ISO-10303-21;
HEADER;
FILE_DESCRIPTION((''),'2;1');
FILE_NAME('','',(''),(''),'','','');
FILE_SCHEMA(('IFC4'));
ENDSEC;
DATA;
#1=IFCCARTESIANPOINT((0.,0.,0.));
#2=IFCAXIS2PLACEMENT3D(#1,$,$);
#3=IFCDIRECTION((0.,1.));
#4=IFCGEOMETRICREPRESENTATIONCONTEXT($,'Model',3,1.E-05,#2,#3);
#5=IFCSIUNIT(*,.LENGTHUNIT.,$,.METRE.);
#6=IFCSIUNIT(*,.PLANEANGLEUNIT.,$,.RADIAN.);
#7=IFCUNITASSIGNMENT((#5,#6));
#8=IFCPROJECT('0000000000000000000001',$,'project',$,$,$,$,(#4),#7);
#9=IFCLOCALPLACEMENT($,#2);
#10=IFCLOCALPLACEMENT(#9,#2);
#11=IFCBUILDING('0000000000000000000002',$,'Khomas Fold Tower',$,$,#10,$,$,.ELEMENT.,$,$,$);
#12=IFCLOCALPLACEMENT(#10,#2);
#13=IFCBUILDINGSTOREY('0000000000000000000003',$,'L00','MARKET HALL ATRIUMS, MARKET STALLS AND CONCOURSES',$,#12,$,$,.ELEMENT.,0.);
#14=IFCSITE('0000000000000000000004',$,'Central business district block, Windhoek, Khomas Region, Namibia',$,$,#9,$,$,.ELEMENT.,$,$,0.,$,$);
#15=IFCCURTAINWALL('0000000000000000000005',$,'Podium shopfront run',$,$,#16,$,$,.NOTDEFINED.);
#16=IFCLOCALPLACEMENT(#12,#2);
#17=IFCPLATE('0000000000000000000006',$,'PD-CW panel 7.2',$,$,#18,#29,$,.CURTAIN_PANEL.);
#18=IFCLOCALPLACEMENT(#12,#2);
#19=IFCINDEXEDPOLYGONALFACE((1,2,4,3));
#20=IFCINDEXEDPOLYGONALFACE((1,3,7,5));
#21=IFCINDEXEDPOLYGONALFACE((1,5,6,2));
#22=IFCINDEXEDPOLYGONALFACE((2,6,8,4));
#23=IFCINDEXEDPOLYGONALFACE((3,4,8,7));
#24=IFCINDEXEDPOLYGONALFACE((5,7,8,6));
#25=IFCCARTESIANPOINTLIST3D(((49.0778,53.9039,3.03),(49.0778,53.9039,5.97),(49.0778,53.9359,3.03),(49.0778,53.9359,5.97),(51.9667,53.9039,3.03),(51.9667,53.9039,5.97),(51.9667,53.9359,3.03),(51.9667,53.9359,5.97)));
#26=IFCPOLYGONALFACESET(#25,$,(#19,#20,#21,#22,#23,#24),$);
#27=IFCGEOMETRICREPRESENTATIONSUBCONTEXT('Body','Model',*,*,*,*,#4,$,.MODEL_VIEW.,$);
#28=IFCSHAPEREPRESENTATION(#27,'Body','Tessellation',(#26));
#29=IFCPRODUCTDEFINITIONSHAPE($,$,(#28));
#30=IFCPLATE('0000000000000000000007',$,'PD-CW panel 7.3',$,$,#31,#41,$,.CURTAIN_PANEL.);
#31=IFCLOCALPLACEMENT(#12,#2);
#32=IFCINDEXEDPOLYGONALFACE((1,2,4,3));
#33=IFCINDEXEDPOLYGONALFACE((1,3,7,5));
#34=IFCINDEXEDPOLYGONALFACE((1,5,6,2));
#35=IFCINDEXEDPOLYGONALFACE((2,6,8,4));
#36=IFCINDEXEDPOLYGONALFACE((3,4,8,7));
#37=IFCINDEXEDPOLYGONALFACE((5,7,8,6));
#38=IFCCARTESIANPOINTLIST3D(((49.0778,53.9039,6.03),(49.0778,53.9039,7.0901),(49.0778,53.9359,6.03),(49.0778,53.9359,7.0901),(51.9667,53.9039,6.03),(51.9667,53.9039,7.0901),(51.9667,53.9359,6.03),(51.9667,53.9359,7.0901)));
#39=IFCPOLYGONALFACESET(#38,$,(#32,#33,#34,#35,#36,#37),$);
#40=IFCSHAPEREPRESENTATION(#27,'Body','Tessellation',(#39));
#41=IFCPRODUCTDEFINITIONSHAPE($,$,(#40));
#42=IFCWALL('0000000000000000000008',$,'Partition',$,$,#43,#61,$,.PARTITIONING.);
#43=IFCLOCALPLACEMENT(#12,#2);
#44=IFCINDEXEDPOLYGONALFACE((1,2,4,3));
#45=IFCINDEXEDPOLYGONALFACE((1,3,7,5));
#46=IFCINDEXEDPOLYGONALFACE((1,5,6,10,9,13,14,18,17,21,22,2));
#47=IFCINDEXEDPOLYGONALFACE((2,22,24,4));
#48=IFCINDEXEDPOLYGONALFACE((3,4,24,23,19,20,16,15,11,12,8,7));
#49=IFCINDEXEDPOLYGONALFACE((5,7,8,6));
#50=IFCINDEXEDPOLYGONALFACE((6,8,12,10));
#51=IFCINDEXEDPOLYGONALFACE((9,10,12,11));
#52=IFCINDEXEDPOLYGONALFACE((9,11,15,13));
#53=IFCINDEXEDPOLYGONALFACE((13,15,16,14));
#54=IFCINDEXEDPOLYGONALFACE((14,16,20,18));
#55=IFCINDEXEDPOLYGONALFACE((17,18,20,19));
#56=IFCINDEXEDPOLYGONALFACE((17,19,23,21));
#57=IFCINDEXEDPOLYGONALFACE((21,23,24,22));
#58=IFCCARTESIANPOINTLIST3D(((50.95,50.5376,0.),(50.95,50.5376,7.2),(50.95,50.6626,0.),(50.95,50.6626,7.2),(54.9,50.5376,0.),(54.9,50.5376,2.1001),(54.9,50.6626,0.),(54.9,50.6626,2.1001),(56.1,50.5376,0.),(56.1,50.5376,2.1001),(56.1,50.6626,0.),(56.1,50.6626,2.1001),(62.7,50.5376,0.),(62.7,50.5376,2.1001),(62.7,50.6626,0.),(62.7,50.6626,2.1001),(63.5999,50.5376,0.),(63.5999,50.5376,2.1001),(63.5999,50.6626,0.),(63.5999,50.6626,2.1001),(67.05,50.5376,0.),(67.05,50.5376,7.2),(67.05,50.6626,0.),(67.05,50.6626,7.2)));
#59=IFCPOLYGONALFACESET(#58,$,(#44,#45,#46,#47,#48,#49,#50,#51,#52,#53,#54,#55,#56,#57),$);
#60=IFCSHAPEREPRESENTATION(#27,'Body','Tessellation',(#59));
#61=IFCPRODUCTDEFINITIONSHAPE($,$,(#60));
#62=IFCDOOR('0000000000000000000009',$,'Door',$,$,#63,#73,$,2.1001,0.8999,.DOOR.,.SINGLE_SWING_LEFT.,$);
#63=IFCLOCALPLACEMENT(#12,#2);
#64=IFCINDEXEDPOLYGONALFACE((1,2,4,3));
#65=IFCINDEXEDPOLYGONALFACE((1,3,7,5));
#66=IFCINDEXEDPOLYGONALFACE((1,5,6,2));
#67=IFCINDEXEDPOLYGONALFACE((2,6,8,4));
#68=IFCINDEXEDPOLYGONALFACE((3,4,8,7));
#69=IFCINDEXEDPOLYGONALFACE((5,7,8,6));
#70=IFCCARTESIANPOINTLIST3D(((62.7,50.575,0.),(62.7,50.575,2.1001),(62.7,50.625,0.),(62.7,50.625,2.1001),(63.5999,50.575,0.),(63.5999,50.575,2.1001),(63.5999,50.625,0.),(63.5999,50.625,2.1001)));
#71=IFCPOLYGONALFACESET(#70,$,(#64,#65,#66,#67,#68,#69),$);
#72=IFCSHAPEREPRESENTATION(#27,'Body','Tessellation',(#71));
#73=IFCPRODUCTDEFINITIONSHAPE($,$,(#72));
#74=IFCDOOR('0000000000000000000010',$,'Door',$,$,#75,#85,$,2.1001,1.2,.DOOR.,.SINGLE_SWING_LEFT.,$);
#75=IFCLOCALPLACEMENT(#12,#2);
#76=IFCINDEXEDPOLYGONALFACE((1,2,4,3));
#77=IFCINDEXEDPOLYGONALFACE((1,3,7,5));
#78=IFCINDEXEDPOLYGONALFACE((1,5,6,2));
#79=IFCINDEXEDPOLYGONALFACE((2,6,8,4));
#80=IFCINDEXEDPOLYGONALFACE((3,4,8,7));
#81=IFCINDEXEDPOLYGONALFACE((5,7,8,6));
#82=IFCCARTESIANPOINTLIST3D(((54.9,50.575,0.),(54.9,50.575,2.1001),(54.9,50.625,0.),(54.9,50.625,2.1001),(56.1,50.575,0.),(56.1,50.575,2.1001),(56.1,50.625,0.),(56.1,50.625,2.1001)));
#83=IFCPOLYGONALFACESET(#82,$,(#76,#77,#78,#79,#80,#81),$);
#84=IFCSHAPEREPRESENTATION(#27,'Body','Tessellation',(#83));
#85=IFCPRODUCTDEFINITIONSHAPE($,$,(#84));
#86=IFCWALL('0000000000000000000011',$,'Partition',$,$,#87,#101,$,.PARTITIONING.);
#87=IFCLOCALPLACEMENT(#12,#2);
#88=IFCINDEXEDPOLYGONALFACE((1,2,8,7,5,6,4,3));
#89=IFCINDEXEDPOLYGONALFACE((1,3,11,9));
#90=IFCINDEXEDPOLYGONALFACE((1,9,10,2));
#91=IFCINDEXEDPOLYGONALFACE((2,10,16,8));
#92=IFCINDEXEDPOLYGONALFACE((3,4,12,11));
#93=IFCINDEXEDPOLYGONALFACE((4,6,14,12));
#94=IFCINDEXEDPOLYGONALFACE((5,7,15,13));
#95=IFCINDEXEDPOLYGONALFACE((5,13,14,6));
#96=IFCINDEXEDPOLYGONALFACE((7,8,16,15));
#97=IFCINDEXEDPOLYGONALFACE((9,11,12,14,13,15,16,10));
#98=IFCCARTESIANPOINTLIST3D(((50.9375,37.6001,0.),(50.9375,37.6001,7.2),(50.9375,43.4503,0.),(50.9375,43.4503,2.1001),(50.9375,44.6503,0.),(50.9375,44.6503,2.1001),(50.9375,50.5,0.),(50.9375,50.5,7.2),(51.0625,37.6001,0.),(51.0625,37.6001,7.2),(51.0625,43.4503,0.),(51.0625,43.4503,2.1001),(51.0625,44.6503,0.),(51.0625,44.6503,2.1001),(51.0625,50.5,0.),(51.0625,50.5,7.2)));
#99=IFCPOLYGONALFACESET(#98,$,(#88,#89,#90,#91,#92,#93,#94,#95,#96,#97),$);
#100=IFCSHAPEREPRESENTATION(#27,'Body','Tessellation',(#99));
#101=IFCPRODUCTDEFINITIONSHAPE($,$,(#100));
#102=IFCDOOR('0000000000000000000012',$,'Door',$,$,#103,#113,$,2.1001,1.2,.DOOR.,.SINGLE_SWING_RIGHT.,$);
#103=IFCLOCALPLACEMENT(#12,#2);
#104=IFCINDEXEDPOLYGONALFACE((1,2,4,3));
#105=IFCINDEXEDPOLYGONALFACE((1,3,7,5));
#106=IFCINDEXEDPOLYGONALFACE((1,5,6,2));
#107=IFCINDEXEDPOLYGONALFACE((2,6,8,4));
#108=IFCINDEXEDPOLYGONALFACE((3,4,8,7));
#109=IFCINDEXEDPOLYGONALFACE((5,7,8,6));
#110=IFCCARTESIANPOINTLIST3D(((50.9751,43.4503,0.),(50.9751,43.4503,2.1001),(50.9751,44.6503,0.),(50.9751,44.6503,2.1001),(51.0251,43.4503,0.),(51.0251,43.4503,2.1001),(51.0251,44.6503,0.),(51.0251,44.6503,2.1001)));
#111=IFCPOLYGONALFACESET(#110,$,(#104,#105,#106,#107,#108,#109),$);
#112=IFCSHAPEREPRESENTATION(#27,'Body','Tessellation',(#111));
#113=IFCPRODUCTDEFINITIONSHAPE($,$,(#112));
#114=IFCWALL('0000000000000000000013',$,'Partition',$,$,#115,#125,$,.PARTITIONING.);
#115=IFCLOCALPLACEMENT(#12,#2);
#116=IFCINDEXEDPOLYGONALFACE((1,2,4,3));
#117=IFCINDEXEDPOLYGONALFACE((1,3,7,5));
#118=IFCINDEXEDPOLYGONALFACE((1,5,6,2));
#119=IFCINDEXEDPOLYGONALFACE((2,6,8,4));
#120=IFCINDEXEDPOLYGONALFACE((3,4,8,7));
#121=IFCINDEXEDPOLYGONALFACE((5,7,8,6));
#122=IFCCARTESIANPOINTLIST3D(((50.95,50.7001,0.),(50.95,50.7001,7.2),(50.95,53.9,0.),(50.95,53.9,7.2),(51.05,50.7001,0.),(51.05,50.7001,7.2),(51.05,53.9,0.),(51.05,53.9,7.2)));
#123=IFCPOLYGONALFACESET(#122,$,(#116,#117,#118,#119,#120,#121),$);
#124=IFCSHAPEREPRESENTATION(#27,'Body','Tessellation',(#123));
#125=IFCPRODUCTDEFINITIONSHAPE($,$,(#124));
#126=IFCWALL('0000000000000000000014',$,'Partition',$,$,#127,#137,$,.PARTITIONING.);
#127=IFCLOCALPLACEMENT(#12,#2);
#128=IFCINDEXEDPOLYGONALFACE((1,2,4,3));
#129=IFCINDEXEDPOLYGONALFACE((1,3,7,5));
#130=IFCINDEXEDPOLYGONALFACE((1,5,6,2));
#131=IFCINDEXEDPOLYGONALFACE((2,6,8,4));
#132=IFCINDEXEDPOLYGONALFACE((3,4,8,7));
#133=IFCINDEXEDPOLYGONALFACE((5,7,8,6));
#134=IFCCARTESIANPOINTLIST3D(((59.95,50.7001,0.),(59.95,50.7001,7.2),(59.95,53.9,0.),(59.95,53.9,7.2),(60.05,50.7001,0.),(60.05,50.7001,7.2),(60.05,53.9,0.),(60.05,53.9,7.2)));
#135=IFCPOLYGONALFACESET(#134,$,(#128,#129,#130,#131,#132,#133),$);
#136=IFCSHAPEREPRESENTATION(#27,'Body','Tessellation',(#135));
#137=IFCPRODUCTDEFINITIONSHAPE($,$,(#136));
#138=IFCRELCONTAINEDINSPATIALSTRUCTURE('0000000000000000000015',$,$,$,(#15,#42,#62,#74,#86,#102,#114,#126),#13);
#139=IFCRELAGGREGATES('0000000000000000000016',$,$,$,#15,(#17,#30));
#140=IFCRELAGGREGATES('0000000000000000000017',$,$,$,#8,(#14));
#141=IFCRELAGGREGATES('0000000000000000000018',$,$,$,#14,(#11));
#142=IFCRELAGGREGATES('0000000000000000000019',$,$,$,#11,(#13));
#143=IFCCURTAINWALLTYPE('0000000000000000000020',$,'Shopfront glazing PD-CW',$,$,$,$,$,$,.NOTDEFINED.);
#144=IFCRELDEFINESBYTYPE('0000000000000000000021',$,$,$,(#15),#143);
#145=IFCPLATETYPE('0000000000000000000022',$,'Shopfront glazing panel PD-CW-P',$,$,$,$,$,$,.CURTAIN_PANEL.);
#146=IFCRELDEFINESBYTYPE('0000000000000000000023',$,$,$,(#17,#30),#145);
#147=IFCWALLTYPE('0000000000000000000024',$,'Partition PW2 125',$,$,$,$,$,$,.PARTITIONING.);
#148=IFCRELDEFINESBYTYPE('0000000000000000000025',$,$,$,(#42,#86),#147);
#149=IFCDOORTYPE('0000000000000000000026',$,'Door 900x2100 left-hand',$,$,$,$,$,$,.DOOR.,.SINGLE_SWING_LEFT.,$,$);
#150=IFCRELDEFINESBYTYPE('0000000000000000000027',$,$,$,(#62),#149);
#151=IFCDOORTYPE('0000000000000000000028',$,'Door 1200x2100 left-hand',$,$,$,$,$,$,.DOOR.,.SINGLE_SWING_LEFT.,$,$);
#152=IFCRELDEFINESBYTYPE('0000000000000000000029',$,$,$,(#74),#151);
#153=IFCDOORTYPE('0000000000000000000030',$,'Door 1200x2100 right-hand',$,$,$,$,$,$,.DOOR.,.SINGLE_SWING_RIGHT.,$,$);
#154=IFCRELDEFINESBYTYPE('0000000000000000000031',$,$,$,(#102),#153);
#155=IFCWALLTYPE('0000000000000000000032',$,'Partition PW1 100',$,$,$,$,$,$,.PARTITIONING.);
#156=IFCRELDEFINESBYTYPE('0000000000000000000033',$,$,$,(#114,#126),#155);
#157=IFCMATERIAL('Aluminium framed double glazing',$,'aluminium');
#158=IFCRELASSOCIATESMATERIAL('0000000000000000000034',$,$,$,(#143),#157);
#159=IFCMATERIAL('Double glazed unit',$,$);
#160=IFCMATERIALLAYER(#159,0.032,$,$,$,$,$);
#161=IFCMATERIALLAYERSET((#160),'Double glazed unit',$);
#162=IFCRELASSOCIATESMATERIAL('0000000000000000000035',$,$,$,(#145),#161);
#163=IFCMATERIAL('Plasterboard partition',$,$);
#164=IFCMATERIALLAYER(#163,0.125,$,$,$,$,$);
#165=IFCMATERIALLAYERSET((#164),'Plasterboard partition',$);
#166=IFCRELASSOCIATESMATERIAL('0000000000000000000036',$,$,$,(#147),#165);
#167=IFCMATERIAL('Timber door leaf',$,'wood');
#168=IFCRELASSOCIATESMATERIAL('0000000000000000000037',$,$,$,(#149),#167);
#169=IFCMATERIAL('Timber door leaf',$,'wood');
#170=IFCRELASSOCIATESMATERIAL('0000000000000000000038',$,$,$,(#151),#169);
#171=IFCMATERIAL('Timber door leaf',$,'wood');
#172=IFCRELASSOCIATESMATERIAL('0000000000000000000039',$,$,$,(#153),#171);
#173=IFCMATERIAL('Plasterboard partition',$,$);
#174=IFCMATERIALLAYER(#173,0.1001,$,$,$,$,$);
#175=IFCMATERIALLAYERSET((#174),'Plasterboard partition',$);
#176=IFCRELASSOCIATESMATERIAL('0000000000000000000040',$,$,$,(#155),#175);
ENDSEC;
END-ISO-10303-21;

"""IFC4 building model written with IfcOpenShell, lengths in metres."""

from ifc_helpers import new_model, si_unit, direction, frame, frame_2d, origin, origin_2d, place, context, subcontext, project, spatial, rectangle, extrude, source, transform, mapped, material, layer, layer_set, type_object, element, fill, aggregate, save


model = new_model("IFC4")

# Units and contexts
model_context = context("Model", 3, precision=1e-05, world=origin(), true_north=direction((0.0, 1.0)))
body_context = subcontext(model_context, "Body", "Model", "MODEL_VIEW")
ifc_project = project(units=[si_unit("LENGTHUNIT", "METRE"), si_unit("PLANEANGLEUNIT", "RADIAN")], contexts=[model_context])

# Site, building, storey
site_placement = place(None, origin())
site = spatial("IfcSite", under=ifc_project, at=site_placement, Name="Central business district block, Windhoek, Khomas Region, Namibia", CompositionType="ELEMENT", RefElevation=0.0)
building_placement = place(site_placement, origin())
building = spatial("IfcBuilding", under=site, at=building_placement, Name="Khomas Fold Tower", CompositionType="ELEMENT")
storey_placement = place(building_placement, origin())
storey = spatial("IfcBuildingStorey", under=building, at=storey_placement, Name="L00", Description="MARKET HALL ATRIUMS, MARKET STALLS AND CONCOURSES", CompositionType="ELEMENT", Elevation=0.0)

# Curtain wall, plates
ifc_material_1 = material(Name="Aluminium framed double glazing", Category="aluminium")
curtain_wall_type = type_object("IfcCurtainWallType", Name="Shopfront glazing PD-CW", PredefinedType="NOTDEFINED", material=ifc_material_1)
curtain_wall_placement = place(storey_placement, origin())
curtain_wall = element("IfcCurtainWall", 1, at=curtain_wall_placement, inside=storey, type_object=curtain_wall_type, Name="Podium shopfront run", PredefinedType="NOTDEFINED")
ifc_material_2 = material(Name="Double glazed unit")
ifc_layer_1 = layer(ifc_material_2, 0.032)
ifc_layer_set_1 = layer_set([ifc_layer_1], Name="Double glazed unit")
plate_type = type_object("IfcPlateType", Name="Shopfront glazing panel PD-CW-P", PredefinedType="CURTAIN_PANEL", material=ifc_layer_set_1)
shared_shape_1 = source(origin(), body_context, "Body", "SweptSolid", [
    extrude(rectangle(XDim=2.8889, YDim=0.032, at=origin_2d()), origin(), (0.0, 0.0, 1.0), 2.9399),
])
plate_1_placement = place(storey_placement, frame((50.5222, 53.9199, 3.03), z_axis=(0.0, 0.0, 1.0), x_axis=(-1.0, 0.0, 0.0)))
plate_1 = element("IfcPlate", 2, at=plate_1_placement, type_object=plate_type, Name="PD-CW panel 7.2", PredefinedType="CURTAIN_PANEL", context=body_context, shape_type="MappedRepresentation", body=[
    mapped(shared_shape_1, transform((0.0, 0.0, 0.0))),
])
shared_shape_2 = source(origin(), body_context, "Body", "SweptSolid", [
    extrude(rectangle(XDim=2.8889, YDim=0.032, at=origin_2d()), origin(), (0.0, 0.0, 1.0), 1.0601),
])
plate_2_placement = place(storey_placement, frame((50.5222, 53.9199, 6.03), z_axis=(0.0, 0.0, 1.0), x_axis=(-1.0, 0.0, 0.0)))
plate_2 = element("IfcPlate", 3, at=plate_2_placement, type_object=plate_type, Name="PD-CW panel 7.3", PredefinedType="CURTAIN_PANEL", context=body_context, shape_type="MappedRepresentation", body=[
    mapped(shared_shape_2, transform((0.0, 0.0, 0.0))),
])
aggregate(curtain_wall, [plate_1, plate_2])

# Wall, openings, doors
ifc_material_3 = material(Name="Plasterboard partition")
ifc_layer_2 = layer(ifc_material_3, 0.125)
ifc_layer_set_2 = layer_set([ifc_layer_2], Name="Plasterboard partition")
wall_type_1 = type_object("IfcWallType", Name="Partition PW2 125", PredefinedType="PARTITIONING", material=ifc_layer_set_2)
shared_shape_3 = source(origin(), body_context, "Body", "SweptSolid", [
    extrude(rectangle(XDim=16.1001, YDim=0.125, at=frame_2d((8.05, 0.0))), origin(), (0.0, 0.0, 1.0), 7.2),
])
wall_1_placement = place(storey_placement, frame((50.95, 50.6001, 0.0), z_axis=(0.0, 0.0, 1.0), x_axis=(1.0, 0.0, 0.0)))
wall_1 = element("IfcWall", 4, at=wall_1_placement, inside=storey, type_object=wall_type_1, Name="Partition", PredefinedType="PARTITIONING", context=body_context, shape_type="MappedRepresentation", body=[
    mapped(shared_shape_3, transform((0.0, 0.0, 0.0))),
])
shared_shape_4 = source(origin(), body_context, "Body", "SweptSolid", [
    extrude(rectangle(XDim=1.2, YDim=2.1001, at=frame_2d((0.6001, 1.05))), frame((0.0, 0.0725, 0.0), z_axis=(0.0, -1.0, 0.0), x_axis=(1.0, 0.0, 0.0)), (0.0, 0.0, 1.0), 0.145),
])
opening_1_placement = place(wall_1_placement, frame((3.95, 0.0, 0.0)))
opening_1 = element("IfcOpeningElement", 5, at=opening_1_placement, cuts=wall_1, PredefinedType="OPENING", context=body_context, shape_type="MappedRepresentation", body=[
    mapped(shared_shape_4, transform((0.0, 0.0, 0.0))),
])
shared_shape_5 = source(origin(), body_context, "Body", "SweptSolid", [
    extrude(rectangle(XDim=0.8999, YDim=2.1001, at=frame_2d((0.45, 1.05))), frame((0.0, 0.0725, 0.0), z_axis=(0.0, -1.0, 0.0), x_axis=(1.0, 0.0, 0.0)), (0.0, 0.0, 1.0), 0.145),
])
opening_2_placement = place(wall_1_placement, frame((11.75, 0.0, 0.0)))
opening_2 = element("IfcOpeningElement", 6, at=opening_2_placement, cuts=wall_1, PredefinedType="OPENING", context=body_context, shape_type="MappedRepresentation", body=[
    mapped(shared_shape_5, transform((0.0, 0.0, 0.0))),
])
ifc_material_4 = material(Name="Timber door leaf", Category="wood")
door_type_1 = type_object("IfcDoorType", Name="Door 900x2100 left-hand", OperationType="SINGLE_SWING_LEFT", PredefinedType="DOOR", material=ifc_material_4)
shared_shape_6 = source(origin(), body_context, "Body", "SweptSolid", [
    extrude(rectangle(XDim=0.8999, YDim=2.1001, at=frame_2d((0.45, 1.05))), frame((0.0, 0.0249, 0.0), z_axis=(0.0, -1.0, 0.0), x_axis=(1.0, 0.0, 0.0)), (0.0, 0.0, 1.0), 0.05),
])
door_1_placement = place(opening_2_placement, origin())
door_1 = element("IfcDoor", 7, at=door_1_placement, inside=storey, type_object=door_type_1, Name="Door", OperationType="SINGLE_SWING_LEFT", OverallHeight=2.1001, OverallWidth=0.8999, PredefinedType="DOOR", context=body_context, shape_type="MappedRepresentation", body=[
    mapped(shared_shape_6, transform((0.0, 0.0, 0.0))),
])
fill(opening_2, door_1)
ifc_material_5 = material(Name="Timber door leaf", Category="wood")
door_type_2 = type_object("IfcDoorType", Name="Door 1200x2100 left-hand", OperationType="SINGLE_SWING_LEFT", PredefinedType="DOOR", material=ifc_material_5)
shared_shape_7 = source(origin(), body_context, "Body", "SweptSolid", [
    extrude(rectangle(XDim=1.2, YDim=2.1001, at=frame_2d((0.6001, 1.05))), frame((0.0, 0.0249, 0.0), z_axis=(0.0, -1.0, 0.0), x_axis=(1.0, 0.0, 0.0)), (0.0, 0.0, 1.0), 0.05),
])
door_2_placement = place(opening_1_placement, origin())
door_2 = element("IfcDoor", 8, at=door_2_placement, inside=storey, type_object=door_type_2, Name="Door", OperationType="SINGLE_SWING_LEFT", OverallHeight=2.1001, OverallWidth=1.2, PredefinedType="DOOR", context=body_context, shape_type="MappedRepresentation", body=[
    mapped(shared_shape_7, transform((0.0, 0.0, 0.0))),
])
fill(opening_1, door_2)

# Wall, opening, door
shared_shape_8 = source(origin(), body_context, "Body", "SweptSolid", [
    extrude(rectangle(XDim=12.8999, YDim=0.125, at=frame_2d((6.45, 0.0))), origin(), (0.0, 0.0, 1.0), 7.2),
])
wall_2_placement = place(storey_placement, frame((51.0, 37.6001, 0.0), z_axis=(0.0, 0.0, 1.0), x_axis=(0.0, 1.0, 0.0)))
wall_2 = element("IfcWall", 9, at=wall_2_placement, inside=storey, type_object=wall_type_1, Name="Partition", PredefinedType="PARTITIONING", context=body_context, shape_type="MappedRepresentation", body=[
    mapped(shared_shape_8, transform((0.0, 0.0, 0.0))),
])
opening_3_placement = place(wall_2_placement, frame((5.8501, 0.0, 0.0)))
opening_3 = element("IfcOpeningElement", 10, at=opening_3_placement, cuts=wall_2, PredefinedType="OPENING", context=body_context, shape_type="MappedRepresentation", body=[
    mapped(shared_shape_4, transform((0.0, 0.0, 0.0))),
])
ifc_material_6 = material(Name="Timber door leaf", Category="wood")
door_type_3 = type_object("IfcDoorType", Name="Door 1200x2100 right-hand", OperationType="SINGLE_SWING_RIGHT", PredefinedType="DOOR", material=ifc_material_6)
door_3_placement = place(opening_3_placement, origin())
door_3 = element("IfcDoor", 11, at=door_3_placement, inside=storey, type_object=door_type_3, Name="Door", OperationType="SINGLE_SWING_RIGHT", OverallHeight=2.1001, OverallWidth=1.2, PredefinedType="DOOR", context=body_context, shape_type="MappedRepresentation", body=[
    mapped(shared_shape_7, transform((0.0, 0.0, 0.0))),
])
fill(opening_3, door_3)

# Walls
ifc_material_7 = material(Name="Plasterboard partition")
ifc_layer_3 = layer(ifc_material_7, 0.1001)
ifc_layer_set_3 = layer_set([ifc_layer_3], Name="Plasterboard partition")
wall_type_2 = type_object("IfcWallType", Name="Partition PW1 100", PredefinedType="PARTITIONING", material=ifc_layer_set_3)
shared_shape_9 = source(origin(), body_context, "Body", "SweptSolid", [
    extrude(rectangle(XDim=3.2, YDim=0.1001, at=frame_2d((1.6001, 0.0))), origin(), (0.0, 0.0, 1.0), 7.2),
])
for number, where, z_axis, x_axis, name in (
    (12, (51.0, 50.7, 0.0), (0.0, 0.0, 1.0), (0.0, 1.0, 0.0), "Partition"),
    (13, (60.0, 50.7, 0.0), (0.0, 0.0, 1.0), (0.0, 1.0, 0.0), "Partition"),
):
    element("IfcWall", number, at=place(storey_placement, frame(where, z_axis=z_axis, x_axis=x_axis)), inside=storey, type_object=wall_type_2, Name=name, PredefinedType="PARTITIONING", context=body_context, shape_type="MappedRepresentation", body=[
        mapped(shared_shape_9, transform((0.0, 0.0, 0.0))),
    ])

save(model, "model.ifc")
